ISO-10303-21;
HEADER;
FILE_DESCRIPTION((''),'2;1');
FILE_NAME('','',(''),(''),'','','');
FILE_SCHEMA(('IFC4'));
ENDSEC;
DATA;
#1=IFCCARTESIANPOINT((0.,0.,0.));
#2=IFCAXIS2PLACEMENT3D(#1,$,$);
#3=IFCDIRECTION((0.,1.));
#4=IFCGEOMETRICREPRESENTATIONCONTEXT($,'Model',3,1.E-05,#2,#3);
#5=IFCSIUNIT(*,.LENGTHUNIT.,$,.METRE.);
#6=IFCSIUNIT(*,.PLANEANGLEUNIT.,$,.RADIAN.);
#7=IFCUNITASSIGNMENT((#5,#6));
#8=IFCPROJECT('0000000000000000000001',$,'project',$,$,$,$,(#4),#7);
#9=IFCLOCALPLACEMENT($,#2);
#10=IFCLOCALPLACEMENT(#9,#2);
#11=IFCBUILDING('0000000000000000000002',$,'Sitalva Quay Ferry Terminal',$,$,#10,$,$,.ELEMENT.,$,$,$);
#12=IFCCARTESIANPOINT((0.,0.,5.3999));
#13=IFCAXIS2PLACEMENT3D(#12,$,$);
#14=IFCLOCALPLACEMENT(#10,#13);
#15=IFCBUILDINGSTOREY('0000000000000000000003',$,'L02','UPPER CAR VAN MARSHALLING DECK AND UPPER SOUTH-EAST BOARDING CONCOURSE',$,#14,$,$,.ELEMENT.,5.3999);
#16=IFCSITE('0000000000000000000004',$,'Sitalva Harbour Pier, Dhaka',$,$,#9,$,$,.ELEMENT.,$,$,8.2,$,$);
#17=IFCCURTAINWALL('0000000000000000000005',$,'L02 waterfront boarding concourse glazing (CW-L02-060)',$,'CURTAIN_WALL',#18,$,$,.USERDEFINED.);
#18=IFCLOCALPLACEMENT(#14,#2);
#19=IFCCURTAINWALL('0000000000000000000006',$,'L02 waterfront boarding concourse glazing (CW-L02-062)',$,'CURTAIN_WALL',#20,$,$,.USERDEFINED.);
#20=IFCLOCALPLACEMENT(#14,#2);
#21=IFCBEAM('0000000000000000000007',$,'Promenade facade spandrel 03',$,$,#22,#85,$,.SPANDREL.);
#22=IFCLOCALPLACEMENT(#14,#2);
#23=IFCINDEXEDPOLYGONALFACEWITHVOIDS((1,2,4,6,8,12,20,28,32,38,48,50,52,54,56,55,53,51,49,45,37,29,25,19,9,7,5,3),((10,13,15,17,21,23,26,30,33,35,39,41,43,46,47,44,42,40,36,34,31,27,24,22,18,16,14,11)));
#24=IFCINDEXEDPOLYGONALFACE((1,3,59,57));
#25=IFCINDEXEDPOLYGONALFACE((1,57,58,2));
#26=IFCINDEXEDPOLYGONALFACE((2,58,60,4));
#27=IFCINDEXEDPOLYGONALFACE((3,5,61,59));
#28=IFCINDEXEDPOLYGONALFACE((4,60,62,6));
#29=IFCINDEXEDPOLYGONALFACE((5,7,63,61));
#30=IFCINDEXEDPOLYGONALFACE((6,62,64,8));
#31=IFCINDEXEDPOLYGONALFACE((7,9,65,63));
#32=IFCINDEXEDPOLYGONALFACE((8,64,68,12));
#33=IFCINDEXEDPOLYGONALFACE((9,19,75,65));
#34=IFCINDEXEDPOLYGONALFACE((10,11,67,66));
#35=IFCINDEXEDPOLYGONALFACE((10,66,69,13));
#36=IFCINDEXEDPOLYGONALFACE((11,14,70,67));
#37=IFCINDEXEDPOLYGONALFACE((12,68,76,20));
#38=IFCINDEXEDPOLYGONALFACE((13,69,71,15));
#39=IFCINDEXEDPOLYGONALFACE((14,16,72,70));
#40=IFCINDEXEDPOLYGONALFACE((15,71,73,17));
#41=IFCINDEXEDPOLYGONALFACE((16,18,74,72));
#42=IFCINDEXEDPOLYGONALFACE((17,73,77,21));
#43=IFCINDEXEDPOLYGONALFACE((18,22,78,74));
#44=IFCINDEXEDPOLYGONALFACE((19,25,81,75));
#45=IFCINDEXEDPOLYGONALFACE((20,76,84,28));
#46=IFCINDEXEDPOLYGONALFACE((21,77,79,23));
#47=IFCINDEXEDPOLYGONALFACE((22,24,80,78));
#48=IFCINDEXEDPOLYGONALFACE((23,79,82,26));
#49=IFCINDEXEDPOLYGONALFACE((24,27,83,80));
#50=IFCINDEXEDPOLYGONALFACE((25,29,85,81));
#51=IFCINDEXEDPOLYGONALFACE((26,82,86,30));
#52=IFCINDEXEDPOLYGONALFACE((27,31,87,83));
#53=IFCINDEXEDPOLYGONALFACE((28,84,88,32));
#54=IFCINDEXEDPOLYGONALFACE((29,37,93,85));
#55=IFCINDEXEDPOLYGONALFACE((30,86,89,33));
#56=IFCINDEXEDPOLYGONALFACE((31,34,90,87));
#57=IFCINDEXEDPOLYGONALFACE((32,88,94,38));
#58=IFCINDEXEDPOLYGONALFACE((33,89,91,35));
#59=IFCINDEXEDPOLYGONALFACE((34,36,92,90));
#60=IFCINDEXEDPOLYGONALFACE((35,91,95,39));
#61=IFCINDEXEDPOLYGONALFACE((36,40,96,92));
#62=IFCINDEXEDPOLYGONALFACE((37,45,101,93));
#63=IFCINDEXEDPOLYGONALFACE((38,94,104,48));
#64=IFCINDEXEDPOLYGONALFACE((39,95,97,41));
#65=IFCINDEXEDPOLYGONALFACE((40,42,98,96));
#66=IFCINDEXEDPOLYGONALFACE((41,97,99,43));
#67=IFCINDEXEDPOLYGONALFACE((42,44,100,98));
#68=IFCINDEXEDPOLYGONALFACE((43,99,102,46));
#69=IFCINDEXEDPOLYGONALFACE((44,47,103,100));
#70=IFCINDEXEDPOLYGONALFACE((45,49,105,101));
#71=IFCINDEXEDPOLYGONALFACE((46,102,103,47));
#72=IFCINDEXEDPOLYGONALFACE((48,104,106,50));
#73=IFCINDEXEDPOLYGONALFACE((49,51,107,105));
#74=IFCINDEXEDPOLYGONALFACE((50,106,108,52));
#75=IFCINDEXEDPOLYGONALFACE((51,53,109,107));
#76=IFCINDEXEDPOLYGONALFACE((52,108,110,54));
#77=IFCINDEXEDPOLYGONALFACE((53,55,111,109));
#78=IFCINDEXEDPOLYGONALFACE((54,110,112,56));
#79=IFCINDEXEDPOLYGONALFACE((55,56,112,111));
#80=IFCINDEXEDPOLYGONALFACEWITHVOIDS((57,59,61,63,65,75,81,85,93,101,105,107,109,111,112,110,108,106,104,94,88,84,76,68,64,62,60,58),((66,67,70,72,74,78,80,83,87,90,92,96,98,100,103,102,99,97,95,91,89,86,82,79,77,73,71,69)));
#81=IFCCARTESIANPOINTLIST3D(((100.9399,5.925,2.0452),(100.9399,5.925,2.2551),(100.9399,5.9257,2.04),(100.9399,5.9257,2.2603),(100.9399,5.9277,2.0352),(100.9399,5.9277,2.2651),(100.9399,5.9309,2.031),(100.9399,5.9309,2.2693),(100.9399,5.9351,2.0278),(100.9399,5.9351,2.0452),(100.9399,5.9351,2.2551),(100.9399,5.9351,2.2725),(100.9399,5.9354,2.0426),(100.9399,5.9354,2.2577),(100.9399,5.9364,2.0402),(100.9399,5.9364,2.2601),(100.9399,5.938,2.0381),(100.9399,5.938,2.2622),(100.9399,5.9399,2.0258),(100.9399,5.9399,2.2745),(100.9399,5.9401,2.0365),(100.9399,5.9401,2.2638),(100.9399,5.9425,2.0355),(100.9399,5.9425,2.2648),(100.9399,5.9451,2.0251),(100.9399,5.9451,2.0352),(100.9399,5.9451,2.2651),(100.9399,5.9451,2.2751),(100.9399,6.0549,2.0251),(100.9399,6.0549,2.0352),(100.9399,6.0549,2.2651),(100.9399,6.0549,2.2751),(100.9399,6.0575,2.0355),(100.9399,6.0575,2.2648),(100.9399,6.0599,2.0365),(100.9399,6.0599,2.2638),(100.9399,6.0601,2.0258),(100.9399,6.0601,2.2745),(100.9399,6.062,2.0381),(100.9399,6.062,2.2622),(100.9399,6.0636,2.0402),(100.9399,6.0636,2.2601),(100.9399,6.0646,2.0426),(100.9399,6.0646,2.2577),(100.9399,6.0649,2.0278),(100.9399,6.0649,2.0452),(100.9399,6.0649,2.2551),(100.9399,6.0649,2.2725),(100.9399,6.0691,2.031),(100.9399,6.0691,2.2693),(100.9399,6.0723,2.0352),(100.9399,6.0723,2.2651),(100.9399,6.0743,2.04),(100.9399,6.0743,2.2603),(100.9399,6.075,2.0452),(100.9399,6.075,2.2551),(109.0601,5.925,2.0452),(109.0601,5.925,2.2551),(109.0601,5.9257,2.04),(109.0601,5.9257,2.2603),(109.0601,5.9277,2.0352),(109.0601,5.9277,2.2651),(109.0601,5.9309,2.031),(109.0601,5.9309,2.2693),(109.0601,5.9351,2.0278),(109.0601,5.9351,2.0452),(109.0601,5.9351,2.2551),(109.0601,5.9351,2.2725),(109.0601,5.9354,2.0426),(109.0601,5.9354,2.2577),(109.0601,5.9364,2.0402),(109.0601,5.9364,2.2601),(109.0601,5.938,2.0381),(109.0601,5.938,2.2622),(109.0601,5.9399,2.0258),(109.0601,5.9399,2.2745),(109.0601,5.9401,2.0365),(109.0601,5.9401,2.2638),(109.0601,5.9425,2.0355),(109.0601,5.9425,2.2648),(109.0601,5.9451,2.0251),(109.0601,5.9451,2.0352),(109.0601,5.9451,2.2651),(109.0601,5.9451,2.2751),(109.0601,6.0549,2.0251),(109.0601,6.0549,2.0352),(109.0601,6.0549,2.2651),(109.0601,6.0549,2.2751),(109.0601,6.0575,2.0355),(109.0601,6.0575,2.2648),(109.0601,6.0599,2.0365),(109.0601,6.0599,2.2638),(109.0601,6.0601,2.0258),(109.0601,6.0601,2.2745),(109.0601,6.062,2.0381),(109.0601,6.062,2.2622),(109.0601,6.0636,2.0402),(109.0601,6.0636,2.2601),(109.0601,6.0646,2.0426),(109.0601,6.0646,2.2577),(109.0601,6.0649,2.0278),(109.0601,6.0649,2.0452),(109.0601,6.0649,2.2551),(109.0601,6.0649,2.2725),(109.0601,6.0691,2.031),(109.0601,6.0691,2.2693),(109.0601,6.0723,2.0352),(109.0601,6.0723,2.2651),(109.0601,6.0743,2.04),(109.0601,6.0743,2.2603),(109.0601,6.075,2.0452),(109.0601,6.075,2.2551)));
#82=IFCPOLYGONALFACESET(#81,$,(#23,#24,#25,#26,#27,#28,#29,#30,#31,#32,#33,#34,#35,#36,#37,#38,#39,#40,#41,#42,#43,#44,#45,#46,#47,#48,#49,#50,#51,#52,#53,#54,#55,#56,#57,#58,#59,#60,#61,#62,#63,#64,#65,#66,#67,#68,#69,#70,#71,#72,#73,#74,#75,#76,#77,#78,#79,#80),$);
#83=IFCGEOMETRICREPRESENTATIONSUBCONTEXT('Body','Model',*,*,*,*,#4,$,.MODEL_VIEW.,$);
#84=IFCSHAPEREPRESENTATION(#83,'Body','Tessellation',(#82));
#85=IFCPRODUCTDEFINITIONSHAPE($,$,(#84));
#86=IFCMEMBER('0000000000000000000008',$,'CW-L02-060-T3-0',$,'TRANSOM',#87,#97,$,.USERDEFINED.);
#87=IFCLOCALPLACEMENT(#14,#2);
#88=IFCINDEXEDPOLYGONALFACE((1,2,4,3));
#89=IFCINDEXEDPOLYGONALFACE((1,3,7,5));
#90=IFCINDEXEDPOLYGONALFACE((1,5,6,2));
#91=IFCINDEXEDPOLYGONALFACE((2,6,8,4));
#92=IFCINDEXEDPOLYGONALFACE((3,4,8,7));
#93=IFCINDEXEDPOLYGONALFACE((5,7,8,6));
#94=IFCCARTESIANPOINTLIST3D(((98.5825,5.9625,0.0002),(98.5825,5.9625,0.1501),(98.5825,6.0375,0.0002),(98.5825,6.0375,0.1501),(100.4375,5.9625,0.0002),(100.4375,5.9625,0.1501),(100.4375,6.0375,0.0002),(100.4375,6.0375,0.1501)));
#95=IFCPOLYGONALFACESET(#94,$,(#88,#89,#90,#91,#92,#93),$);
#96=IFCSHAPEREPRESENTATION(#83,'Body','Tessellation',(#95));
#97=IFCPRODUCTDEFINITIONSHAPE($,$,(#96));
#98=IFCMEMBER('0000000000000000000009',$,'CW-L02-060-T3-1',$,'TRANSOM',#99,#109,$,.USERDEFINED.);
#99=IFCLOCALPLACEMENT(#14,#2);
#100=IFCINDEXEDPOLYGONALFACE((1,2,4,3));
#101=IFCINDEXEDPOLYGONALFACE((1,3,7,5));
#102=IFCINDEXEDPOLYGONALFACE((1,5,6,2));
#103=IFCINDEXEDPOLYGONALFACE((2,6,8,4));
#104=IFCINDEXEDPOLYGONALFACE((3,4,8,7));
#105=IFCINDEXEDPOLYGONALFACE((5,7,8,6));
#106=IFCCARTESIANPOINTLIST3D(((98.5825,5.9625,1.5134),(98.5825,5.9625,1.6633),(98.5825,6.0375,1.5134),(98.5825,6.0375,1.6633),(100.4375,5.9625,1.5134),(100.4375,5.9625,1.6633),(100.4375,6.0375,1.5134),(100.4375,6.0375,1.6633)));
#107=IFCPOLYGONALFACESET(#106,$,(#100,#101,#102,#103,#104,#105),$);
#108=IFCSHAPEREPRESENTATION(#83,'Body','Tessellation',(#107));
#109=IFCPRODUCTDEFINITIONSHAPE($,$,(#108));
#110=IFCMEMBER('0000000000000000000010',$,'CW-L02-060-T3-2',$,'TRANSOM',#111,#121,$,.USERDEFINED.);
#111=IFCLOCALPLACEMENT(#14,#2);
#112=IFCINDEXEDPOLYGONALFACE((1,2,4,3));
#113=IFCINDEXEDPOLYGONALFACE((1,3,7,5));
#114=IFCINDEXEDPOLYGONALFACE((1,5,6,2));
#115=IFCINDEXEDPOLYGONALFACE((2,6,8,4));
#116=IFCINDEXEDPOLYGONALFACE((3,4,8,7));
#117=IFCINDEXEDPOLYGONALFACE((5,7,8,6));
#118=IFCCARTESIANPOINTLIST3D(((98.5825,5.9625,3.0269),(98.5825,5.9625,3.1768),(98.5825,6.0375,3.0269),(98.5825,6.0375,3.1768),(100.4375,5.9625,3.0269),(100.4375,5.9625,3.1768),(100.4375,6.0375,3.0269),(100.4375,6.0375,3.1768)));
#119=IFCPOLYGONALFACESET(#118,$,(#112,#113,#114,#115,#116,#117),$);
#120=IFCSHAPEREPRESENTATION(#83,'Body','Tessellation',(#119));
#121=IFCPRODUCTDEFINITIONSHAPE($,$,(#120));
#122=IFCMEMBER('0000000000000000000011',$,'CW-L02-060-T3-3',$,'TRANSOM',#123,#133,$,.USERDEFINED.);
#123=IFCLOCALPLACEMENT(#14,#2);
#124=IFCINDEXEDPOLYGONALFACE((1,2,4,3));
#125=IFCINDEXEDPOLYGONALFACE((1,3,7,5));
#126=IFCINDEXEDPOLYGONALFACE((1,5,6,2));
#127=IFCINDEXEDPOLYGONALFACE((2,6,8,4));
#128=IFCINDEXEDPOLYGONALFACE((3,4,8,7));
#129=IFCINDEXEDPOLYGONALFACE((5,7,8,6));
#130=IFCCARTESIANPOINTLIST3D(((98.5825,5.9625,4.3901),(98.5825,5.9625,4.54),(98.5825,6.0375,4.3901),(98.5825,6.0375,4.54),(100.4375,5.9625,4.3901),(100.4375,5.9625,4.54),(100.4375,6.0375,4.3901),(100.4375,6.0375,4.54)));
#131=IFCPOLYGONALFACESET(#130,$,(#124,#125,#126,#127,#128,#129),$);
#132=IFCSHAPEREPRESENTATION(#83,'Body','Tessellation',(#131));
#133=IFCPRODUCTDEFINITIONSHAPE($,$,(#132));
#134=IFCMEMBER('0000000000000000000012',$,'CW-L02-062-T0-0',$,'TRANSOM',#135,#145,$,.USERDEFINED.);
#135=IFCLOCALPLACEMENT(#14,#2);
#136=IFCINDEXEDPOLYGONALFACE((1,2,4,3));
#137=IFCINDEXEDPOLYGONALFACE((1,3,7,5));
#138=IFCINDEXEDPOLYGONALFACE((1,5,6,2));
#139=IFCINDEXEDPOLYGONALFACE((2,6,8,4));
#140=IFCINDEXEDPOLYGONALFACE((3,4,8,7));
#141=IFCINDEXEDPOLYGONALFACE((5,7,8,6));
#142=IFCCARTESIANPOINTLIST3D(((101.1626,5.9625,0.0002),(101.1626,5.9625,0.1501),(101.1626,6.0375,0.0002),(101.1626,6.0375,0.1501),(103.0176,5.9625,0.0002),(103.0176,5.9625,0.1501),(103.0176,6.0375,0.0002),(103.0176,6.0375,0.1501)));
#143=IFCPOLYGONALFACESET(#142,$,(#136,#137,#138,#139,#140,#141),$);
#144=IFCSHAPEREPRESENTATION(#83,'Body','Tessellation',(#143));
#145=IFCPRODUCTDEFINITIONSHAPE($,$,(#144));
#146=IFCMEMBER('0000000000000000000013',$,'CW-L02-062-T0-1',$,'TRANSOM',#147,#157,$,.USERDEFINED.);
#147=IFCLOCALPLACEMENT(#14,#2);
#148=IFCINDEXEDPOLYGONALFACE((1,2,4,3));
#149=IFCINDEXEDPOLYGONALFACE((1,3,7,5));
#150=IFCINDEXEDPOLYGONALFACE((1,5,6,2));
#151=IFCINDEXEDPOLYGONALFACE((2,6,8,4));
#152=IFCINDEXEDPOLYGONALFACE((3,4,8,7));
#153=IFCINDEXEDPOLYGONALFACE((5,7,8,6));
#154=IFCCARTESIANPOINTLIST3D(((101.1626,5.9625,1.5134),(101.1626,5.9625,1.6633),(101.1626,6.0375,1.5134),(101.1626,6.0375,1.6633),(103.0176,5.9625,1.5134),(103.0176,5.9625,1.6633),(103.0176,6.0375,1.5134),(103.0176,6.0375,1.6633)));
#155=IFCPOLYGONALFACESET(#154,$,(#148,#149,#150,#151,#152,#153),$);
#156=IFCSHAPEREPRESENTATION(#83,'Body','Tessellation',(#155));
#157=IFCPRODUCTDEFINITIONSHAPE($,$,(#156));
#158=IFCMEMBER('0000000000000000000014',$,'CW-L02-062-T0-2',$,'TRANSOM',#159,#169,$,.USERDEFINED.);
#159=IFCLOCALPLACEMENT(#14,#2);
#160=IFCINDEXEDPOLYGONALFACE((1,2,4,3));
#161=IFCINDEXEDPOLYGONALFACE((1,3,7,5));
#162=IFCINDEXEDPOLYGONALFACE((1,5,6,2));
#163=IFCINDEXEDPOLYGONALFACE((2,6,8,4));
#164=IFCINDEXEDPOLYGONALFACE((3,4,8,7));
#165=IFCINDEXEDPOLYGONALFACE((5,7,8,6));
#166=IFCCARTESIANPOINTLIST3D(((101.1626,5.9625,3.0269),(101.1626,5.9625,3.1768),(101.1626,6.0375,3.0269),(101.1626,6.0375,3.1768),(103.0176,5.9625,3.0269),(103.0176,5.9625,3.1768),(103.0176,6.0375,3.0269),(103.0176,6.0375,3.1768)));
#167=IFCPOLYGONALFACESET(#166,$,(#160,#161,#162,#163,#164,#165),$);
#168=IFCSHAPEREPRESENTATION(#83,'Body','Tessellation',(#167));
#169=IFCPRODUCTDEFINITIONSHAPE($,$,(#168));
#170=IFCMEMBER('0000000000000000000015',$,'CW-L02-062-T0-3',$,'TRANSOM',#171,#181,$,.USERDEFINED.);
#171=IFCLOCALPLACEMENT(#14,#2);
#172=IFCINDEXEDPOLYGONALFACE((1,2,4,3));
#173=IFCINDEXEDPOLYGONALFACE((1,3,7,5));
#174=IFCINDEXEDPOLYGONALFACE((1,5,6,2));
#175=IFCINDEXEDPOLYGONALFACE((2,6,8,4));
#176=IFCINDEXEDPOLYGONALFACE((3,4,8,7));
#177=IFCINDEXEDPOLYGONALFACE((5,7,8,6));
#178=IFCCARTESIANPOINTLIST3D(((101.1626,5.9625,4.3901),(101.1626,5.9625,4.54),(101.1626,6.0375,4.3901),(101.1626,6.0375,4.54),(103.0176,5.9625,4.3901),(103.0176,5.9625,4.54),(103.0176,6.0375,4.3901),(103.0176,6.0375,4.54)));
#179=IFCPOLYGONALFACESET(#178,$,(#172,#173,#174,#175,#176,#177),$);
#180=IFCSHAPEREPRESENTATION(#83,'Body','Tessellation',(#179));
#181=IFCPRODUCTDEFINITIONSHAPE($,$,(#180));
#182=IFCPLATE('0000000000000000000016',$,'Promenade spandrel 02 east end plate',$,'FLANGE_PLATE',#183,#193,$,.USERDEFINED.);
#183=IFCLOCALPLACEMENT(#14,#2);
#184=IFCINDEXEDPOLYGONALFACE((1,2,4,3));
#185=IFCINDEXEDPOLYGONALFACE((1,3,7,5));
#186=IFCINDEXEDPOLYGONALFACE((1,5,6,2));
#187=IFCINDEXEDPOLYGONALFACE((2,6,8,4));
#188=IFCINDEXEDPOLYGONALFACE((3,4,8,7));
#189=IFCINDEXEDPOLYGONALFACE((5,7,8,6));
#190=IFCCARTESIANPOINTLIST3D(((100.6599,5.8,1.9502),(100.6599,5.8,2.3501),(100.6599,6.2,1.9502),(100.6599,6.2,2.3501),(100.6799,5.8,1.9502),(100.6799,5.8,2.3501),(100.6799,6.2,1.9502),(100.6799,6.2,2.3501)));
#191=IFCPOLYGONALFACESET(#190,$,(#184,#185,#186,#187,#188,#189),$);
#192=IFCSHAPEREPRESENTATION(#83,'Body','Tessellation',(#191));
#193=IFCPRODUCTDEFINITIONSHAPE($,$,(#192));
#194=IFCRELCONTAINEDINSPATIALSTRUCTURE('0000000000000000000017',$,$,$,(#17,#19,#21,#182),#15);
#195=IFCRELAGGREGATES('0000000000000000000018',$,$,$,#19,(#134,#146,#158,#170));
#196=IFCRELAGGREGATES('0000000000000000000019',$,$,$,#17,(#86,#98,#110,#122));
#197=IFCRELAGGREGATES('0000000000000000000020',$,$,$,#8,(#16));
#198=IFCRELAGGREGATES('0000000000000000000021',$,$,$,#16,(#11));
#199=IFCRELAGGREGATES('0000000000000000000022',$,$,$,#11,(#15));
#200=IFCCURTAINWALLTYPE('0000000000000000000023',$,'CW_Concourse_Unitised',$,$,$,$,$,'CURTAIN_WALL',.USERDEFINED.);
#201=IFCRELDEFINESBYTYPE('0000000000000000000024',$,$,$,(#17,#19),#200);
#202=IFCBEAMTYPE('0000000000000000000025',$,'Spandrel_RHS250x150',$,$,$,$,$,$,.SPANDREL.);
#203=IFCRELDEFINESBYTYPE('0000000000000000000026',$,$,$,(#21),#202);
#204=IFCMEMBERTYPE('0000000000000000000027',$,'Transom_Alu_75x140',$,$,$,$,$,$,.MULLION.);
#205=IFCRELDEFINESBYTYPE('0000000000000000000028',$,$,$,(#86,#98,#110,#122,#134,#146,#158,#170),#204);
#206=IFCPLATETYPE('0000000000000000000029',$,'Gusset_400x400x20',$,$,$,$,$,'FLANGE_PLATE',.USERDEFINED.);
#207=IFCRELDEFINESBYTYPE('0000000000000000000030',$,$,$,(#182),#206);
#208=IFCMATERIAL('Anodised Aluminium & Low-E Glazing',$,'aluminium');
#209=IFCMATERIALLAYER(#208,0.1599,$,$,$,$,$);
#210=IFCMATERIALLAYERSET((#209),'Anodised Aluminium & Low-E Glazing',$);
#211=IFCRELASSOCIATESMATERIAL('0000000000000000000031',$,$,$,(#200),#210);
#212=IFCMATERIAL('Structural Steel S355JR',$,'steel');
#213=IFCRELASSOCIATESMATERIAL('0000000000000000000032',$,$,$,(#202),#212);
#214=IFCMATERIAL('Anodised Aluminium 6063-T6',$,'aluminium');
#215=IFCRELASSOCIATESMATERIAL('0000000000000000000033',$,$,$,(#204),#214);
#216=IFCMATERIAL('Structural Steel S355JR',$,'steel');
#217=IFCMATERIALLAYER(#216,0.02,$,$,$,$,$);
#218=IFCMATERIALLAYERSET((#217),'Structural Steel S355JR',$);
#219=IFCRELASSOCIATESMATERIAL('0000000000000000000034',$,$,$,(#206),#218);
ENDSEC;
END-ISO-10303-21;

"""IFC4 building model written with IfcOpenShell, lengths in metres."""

from ifc_helpers import new_model, si_unit, direction, frame, origin, origin_2d, place, context, subcontext, project, spatial, rectangle, hollow_rectangle, extrude, material, layer, layer_set, material_profile, profile_set, type_object, element, aggregate, save


model = new_model("IFC4")

# Units and contexts
model_context = context("Model", 3, precision=1e-05, world=origin(), true_north=direction((0.0, 1.0)))
body_context = subcontext(model_context, "Body", "Model", "MODEL_VIEW")
ifc_project = project(units=[si_unit("LENGTHUNIT", "METRE"), si_unit("PLANEANGLEUNIT", "RADIAN")], contexts=[model_context])

# Site, building, storey
site_placement = place(None, origin())
site = spatial("IfcSite", under=ifc_project, at=site_placement, Name="Sitalva Harbour Pier, Dhaka", CompositionType="ELEMENT", RefElevation=8.2)
building_placement = place(site_placement, origin())
building = spatial("IfcBuilding", under=site, at=building_placement, Name="Sitalva Quay Ferry Terminal", CompositionType="ELEMENT")
storey_placement = place(building_placement, frame((0.0, 0.0, 5.3999)))
storey = spatial("IfcBuildingStorey", under=building, at=storey_placement, Name="L02", Description="UPPER CAR VAN MARSHALLING DECK AND UPPER SOUTH-EAST BOARDING CONCOURSE", CompositionType="ELEMENT", Elevation=5.3999)

# Curtain walls
ifc_material_1 = material(Name="Anodised Aluminium & Low-E Glazing", Category="aluminium")
ifc_layer_1 = layer(ifc_material_1, 0.1599)
ifc_layer_set_1 = layer_set([ifc_layer_1], Name="Anodised Aluminium & Low-E Glazing")
curtain_wall_type = type_object("IfcCurtainWallType", Name="CW_Concourse_Unitised", ElementType="CURTAIN_WALL", PredefinedType="USERDEFINED", material=ifc_layer_set_1)
curtain_wall_1_placement = place(storey_placement, origin())
curtain_wall_1 = element("IfcCurtainWall", 1, at=curtain_wall_1_placement, inside=storey, type_object=curtain_wall_type, Name="L02 waterfront boarding concourse glazing (CW-L02-060)", ObjectType="CURTAIN_WALL", PredefinedType="USERDEFINED")
curtain_wall_2_placement = place(storey_placement, origin())
curtain_wall_2 = element("IfcCurtainWall", 2, at=curtain_wall_2_placement, inside=storey, type_object=curtain_wall_type, Name="L02 waterfront boarding concourse glazing (CW-L02-062)", ObjectType="CURTAIN_WALL", PredefinedType="USERDEFINED")

# Beam
ifc_material_2 = material(Name="Structural Steel S355JR", Category="steel")
ifc_material_profile_1 = material_profile(ifc_material_2, hollow_rectangle(XDim=0.1499, YDim=0.25, WallThickness=0.01, InnerFilletRadius=0.01, OuterFilletRadius=0.02, at=origin_2d()), Name="RHS250x150x10")
ifc_profile_set_1 = profile_set([ifc_material_profile_1], Name="Structural Steel S355JR")
beam_type_1 = type_object("IfcBeamType", Name="Spandrel_RHS250x150", PredefinedType="SPANDREL", material=ifc_profile_set_1)
beam_1_placement = place(storey_placement, frame((100.9399, 6.0, 2.1501), z_axis=(1.0, 0.0, 0.0), x_axis=(0.0, 1.0, 0.0)))
element("IfcBeam", 3, at=beam_1_placement, inside=storey, type_object=beam_type_1, Name="Promenade facade spandrel 03", PredefinedType="SPANDREL", context=body_context, shape_type="SweptSolid", body=[
    extrude(hollow_rectangle(XDim=0.1499, YDim=0.25, WallThickness=0.01, InnerFilletRadius=0.01, OuterFilletRadius=0.02, at=origin_2d()), origin(), (0.0, 0.0, 1.0), 8.1201),
])

# Members
ifc_material_3 = material(Name="Anodised Aluminium 6063-T6", Category="aluminium")
ifc_material_profile_2 = material_profile(ifc_material_3, rectangle(XDim=0.075, YDim=0.1499, at=origin_2d()), Name="ALU75x150")
ifc_profile_set_2 = profile_set([ifc_material_profile_2], Name="Anodised Aluminium 6063-T6")
member_type_1 = type_object("IfcMemberType", Name="Transom_Alu_75x140", PredefinedType="MULLION", material=ifc_profile_set_2)
member_1_placement = place(storey_placement, frame((98.5825, 6.0, 0.0752), z_axis=(1.0, 0.0, 0.0), x_axis=(0.0, 1.0, 0.0)))
member_1 = element("IfcMember", 4, at=member_1_placement, type_object=member_type_1, Name="CW-L02-060-T3-0", ObjectType="TRANSOM", PredefinedType="USERDEFINED", context=body_context, shape_type="SweptSolid", body=[
    extrude(rectangle(XDim=0.075, YDim=0.1499, at=origin_2d()), origin(), (0.0, 0.0, 1.0), 1.855),
])
member_2_placement = place(storey_placement, frame((98.5825, 6.0, 1.5884), z_axis=(1.0, 0.0, 0.0), x_axis=(0.0, 1.0, 0.0)))
member_2 = element("IfcMember", 5, at=member_2_placement, type_object=member_type_1, Name="CW-L02-060-T3-1", ObjectType="TRANSOM", PredefinedType="USERDEFINED", context=body_context, shape_type="SweptSolid", body=[
    extrude(rectangle(XDim=0.075, YDim=0.1499, at=origin_2d()), origin(), (0.0, 0.0, 1.0), 1.855),
])
member_3_placement = place(storey_placement, frame((98.5825, 6.0, 3.1018), z_axis=(1.0, 0.0, 0.0), x_axis=(0.0, 1.0, 0.0)))
member_3 = element("IfcMember", 6, at=member_3_placement, type_object=member_type_1, Name="CW-L02-060-T3-2", ObjectType="TRANSOM", PredefinedType="USERDEFINED", context=body_context, shape_type="SweptSolid", body=[
    extrude(rectangle(XDim=0.075, YDim=0.1499, at=origin_2d()), origin(), (0.0, 0.0, 1.0), 1.855),
])
member_4_placement = place(storey_placement, frame((98.5825, 6.0, 4.4651), z_axis=(1.0, 0.0, 0.0), x_axis=(0.0, 1.0, 0.0)))
member_4 = element("IfcMember", 7, at=member_4_placement, type_object=member_type_1, Name="CW-L02-060-T3-3", ObjectType="TRANSOM", PredefinedType="USERDEFINED", context=body_context, shape_type="SweptSolid", body=[
    extrude(rectangle(XDim=0.075, YDim=0.1499, at=origin_2d()), origin(), (0.0, 0.0, 1.0), 1.855),
])
member_5_placement = place(storey_placement, frame((101.1626, 6.0, 0.0752), z_axis=(1.0, 0.0, 0.0), x_axis=(0.0, 1.0, 0.0)))
member_5 = element("IfcMember", 8, at=member_5_placement, type_object=member_type_1, Name="CW-L02-062-T0-0", ObjectType="TRANSOM", PredefinedType="USERDEFINED", context=body_context, shape_type="SweptSolid", body=[
    extrude(rectangle(XDim=0.075, YDim=0.1499, at=origin_2d()), origin(), (0.0, 0.0, 1.0), 1.855),
])
member_6_placement = place(storey_placement, frame((101.1626, 6.0, 1.5884), z_axis=(1.0, 0.0, 0.0), x_axis=(0.0, 1.0, 0.0)))
member_6 = element("IfcMember", 9, at=member_6_placement, type_object=member_type_1, Name="CW-L02-062-T0-1", ObjectType="TRANSOM", PredefinedType="USERDEFINED", context=body_context, shape_type="SweptSolid", body=[
    extrude(rectangle(XDim=0.075, YDim=0.1499, at=origin_2d()), origin(), (0.0, 0.0, 1.0), 1.855),
])
member_7_placement = place(storey_placement, frame((101.1626, 6.0, 3.1018), z_axis=(1.0, 0.0, 0.0), x_axis=(0.0, 1.0, 0.0)))
member_7 = element("IfcMember", 10, at=member_7_placement, type_object=member_type_1, Name="CW-L02-062-T0-2", ObjectType="TRANSOM", PredefinedType="USERDEFINED", context=body_context, shape_type="SweptSolid", body=[
    extrude(rectangle(XDim=0.075, YDim=0.1499, at=origin_2d()), origin(), (0.0, 0.0, 1.0), 1.855),
])
member_8_placement = place(storey_placement, frame((101.1626, 6.0, 4.4651), z_axis=(1.0, 0.0, 0.0), x_axis=(0.0, 1.0, 0.0)))
member_8 = element("IfcMember", 11, at=member_8_placement, type_object=member_type_1, Name="CW-L02-062-T0-3", ObjectType="TRANSOM", PredefinedType="USERDEFINED", context=body_context, shape_type="SweptSolid", body=[
    extrude(rectangle(XDim=0.075, YDim=0.1499, at=origin_2d()), origin(), (0.0, 0.0, 1.0), 1.855),
])

# Plate
ifc_material_4 = material(Name="Structural Steel S355JR", Category="steel")
ifc_layer_2 = layer(ifc_material_4, 0.02)
ifc_layer_set_2 = layer_set([ifc_layer_2], Name="Structural Steel S355JR")
plate_type_1 = type_object("IfcPlateType", Name="Gusset_400x400x20", ElementType="FLANGE_PLATE", PredefinedType="USERDEFINED", material=ifc_layer_set_2)
for number, where, z_axis, x_axis, name in (
    (12, (100.6699, 6.0, 1.9502), (0.0, 0.0, 1.0), (1.0, 0.0, 0.0), "Promenade spandrel 02 east end plate"),
):
    element("IfcPlate", number, at=place(storey_placement, frame(where, z_axis=z_axis, x_axis=x_axis)), inside=storey, type_object=plate_type_1, Name=name, ObjectType="FLANGE_PLATE", PredefinedType="USERDEFINED", context=body_context, shape_type="SweptSolid", body=[
        extrude(rectangle(XDim=0.02, YDim=0.3999, at=origin_2d()), origin(), (0.0, 0.0, 1.0), 0.3999),
    ])

aggregate(curtain_wall_2, [member_5, member_6, member_7, member_8])
aggregate(curtain_wall_1, [member_1, member_2, member_3, member_4])

save(model, "model.ifc")
